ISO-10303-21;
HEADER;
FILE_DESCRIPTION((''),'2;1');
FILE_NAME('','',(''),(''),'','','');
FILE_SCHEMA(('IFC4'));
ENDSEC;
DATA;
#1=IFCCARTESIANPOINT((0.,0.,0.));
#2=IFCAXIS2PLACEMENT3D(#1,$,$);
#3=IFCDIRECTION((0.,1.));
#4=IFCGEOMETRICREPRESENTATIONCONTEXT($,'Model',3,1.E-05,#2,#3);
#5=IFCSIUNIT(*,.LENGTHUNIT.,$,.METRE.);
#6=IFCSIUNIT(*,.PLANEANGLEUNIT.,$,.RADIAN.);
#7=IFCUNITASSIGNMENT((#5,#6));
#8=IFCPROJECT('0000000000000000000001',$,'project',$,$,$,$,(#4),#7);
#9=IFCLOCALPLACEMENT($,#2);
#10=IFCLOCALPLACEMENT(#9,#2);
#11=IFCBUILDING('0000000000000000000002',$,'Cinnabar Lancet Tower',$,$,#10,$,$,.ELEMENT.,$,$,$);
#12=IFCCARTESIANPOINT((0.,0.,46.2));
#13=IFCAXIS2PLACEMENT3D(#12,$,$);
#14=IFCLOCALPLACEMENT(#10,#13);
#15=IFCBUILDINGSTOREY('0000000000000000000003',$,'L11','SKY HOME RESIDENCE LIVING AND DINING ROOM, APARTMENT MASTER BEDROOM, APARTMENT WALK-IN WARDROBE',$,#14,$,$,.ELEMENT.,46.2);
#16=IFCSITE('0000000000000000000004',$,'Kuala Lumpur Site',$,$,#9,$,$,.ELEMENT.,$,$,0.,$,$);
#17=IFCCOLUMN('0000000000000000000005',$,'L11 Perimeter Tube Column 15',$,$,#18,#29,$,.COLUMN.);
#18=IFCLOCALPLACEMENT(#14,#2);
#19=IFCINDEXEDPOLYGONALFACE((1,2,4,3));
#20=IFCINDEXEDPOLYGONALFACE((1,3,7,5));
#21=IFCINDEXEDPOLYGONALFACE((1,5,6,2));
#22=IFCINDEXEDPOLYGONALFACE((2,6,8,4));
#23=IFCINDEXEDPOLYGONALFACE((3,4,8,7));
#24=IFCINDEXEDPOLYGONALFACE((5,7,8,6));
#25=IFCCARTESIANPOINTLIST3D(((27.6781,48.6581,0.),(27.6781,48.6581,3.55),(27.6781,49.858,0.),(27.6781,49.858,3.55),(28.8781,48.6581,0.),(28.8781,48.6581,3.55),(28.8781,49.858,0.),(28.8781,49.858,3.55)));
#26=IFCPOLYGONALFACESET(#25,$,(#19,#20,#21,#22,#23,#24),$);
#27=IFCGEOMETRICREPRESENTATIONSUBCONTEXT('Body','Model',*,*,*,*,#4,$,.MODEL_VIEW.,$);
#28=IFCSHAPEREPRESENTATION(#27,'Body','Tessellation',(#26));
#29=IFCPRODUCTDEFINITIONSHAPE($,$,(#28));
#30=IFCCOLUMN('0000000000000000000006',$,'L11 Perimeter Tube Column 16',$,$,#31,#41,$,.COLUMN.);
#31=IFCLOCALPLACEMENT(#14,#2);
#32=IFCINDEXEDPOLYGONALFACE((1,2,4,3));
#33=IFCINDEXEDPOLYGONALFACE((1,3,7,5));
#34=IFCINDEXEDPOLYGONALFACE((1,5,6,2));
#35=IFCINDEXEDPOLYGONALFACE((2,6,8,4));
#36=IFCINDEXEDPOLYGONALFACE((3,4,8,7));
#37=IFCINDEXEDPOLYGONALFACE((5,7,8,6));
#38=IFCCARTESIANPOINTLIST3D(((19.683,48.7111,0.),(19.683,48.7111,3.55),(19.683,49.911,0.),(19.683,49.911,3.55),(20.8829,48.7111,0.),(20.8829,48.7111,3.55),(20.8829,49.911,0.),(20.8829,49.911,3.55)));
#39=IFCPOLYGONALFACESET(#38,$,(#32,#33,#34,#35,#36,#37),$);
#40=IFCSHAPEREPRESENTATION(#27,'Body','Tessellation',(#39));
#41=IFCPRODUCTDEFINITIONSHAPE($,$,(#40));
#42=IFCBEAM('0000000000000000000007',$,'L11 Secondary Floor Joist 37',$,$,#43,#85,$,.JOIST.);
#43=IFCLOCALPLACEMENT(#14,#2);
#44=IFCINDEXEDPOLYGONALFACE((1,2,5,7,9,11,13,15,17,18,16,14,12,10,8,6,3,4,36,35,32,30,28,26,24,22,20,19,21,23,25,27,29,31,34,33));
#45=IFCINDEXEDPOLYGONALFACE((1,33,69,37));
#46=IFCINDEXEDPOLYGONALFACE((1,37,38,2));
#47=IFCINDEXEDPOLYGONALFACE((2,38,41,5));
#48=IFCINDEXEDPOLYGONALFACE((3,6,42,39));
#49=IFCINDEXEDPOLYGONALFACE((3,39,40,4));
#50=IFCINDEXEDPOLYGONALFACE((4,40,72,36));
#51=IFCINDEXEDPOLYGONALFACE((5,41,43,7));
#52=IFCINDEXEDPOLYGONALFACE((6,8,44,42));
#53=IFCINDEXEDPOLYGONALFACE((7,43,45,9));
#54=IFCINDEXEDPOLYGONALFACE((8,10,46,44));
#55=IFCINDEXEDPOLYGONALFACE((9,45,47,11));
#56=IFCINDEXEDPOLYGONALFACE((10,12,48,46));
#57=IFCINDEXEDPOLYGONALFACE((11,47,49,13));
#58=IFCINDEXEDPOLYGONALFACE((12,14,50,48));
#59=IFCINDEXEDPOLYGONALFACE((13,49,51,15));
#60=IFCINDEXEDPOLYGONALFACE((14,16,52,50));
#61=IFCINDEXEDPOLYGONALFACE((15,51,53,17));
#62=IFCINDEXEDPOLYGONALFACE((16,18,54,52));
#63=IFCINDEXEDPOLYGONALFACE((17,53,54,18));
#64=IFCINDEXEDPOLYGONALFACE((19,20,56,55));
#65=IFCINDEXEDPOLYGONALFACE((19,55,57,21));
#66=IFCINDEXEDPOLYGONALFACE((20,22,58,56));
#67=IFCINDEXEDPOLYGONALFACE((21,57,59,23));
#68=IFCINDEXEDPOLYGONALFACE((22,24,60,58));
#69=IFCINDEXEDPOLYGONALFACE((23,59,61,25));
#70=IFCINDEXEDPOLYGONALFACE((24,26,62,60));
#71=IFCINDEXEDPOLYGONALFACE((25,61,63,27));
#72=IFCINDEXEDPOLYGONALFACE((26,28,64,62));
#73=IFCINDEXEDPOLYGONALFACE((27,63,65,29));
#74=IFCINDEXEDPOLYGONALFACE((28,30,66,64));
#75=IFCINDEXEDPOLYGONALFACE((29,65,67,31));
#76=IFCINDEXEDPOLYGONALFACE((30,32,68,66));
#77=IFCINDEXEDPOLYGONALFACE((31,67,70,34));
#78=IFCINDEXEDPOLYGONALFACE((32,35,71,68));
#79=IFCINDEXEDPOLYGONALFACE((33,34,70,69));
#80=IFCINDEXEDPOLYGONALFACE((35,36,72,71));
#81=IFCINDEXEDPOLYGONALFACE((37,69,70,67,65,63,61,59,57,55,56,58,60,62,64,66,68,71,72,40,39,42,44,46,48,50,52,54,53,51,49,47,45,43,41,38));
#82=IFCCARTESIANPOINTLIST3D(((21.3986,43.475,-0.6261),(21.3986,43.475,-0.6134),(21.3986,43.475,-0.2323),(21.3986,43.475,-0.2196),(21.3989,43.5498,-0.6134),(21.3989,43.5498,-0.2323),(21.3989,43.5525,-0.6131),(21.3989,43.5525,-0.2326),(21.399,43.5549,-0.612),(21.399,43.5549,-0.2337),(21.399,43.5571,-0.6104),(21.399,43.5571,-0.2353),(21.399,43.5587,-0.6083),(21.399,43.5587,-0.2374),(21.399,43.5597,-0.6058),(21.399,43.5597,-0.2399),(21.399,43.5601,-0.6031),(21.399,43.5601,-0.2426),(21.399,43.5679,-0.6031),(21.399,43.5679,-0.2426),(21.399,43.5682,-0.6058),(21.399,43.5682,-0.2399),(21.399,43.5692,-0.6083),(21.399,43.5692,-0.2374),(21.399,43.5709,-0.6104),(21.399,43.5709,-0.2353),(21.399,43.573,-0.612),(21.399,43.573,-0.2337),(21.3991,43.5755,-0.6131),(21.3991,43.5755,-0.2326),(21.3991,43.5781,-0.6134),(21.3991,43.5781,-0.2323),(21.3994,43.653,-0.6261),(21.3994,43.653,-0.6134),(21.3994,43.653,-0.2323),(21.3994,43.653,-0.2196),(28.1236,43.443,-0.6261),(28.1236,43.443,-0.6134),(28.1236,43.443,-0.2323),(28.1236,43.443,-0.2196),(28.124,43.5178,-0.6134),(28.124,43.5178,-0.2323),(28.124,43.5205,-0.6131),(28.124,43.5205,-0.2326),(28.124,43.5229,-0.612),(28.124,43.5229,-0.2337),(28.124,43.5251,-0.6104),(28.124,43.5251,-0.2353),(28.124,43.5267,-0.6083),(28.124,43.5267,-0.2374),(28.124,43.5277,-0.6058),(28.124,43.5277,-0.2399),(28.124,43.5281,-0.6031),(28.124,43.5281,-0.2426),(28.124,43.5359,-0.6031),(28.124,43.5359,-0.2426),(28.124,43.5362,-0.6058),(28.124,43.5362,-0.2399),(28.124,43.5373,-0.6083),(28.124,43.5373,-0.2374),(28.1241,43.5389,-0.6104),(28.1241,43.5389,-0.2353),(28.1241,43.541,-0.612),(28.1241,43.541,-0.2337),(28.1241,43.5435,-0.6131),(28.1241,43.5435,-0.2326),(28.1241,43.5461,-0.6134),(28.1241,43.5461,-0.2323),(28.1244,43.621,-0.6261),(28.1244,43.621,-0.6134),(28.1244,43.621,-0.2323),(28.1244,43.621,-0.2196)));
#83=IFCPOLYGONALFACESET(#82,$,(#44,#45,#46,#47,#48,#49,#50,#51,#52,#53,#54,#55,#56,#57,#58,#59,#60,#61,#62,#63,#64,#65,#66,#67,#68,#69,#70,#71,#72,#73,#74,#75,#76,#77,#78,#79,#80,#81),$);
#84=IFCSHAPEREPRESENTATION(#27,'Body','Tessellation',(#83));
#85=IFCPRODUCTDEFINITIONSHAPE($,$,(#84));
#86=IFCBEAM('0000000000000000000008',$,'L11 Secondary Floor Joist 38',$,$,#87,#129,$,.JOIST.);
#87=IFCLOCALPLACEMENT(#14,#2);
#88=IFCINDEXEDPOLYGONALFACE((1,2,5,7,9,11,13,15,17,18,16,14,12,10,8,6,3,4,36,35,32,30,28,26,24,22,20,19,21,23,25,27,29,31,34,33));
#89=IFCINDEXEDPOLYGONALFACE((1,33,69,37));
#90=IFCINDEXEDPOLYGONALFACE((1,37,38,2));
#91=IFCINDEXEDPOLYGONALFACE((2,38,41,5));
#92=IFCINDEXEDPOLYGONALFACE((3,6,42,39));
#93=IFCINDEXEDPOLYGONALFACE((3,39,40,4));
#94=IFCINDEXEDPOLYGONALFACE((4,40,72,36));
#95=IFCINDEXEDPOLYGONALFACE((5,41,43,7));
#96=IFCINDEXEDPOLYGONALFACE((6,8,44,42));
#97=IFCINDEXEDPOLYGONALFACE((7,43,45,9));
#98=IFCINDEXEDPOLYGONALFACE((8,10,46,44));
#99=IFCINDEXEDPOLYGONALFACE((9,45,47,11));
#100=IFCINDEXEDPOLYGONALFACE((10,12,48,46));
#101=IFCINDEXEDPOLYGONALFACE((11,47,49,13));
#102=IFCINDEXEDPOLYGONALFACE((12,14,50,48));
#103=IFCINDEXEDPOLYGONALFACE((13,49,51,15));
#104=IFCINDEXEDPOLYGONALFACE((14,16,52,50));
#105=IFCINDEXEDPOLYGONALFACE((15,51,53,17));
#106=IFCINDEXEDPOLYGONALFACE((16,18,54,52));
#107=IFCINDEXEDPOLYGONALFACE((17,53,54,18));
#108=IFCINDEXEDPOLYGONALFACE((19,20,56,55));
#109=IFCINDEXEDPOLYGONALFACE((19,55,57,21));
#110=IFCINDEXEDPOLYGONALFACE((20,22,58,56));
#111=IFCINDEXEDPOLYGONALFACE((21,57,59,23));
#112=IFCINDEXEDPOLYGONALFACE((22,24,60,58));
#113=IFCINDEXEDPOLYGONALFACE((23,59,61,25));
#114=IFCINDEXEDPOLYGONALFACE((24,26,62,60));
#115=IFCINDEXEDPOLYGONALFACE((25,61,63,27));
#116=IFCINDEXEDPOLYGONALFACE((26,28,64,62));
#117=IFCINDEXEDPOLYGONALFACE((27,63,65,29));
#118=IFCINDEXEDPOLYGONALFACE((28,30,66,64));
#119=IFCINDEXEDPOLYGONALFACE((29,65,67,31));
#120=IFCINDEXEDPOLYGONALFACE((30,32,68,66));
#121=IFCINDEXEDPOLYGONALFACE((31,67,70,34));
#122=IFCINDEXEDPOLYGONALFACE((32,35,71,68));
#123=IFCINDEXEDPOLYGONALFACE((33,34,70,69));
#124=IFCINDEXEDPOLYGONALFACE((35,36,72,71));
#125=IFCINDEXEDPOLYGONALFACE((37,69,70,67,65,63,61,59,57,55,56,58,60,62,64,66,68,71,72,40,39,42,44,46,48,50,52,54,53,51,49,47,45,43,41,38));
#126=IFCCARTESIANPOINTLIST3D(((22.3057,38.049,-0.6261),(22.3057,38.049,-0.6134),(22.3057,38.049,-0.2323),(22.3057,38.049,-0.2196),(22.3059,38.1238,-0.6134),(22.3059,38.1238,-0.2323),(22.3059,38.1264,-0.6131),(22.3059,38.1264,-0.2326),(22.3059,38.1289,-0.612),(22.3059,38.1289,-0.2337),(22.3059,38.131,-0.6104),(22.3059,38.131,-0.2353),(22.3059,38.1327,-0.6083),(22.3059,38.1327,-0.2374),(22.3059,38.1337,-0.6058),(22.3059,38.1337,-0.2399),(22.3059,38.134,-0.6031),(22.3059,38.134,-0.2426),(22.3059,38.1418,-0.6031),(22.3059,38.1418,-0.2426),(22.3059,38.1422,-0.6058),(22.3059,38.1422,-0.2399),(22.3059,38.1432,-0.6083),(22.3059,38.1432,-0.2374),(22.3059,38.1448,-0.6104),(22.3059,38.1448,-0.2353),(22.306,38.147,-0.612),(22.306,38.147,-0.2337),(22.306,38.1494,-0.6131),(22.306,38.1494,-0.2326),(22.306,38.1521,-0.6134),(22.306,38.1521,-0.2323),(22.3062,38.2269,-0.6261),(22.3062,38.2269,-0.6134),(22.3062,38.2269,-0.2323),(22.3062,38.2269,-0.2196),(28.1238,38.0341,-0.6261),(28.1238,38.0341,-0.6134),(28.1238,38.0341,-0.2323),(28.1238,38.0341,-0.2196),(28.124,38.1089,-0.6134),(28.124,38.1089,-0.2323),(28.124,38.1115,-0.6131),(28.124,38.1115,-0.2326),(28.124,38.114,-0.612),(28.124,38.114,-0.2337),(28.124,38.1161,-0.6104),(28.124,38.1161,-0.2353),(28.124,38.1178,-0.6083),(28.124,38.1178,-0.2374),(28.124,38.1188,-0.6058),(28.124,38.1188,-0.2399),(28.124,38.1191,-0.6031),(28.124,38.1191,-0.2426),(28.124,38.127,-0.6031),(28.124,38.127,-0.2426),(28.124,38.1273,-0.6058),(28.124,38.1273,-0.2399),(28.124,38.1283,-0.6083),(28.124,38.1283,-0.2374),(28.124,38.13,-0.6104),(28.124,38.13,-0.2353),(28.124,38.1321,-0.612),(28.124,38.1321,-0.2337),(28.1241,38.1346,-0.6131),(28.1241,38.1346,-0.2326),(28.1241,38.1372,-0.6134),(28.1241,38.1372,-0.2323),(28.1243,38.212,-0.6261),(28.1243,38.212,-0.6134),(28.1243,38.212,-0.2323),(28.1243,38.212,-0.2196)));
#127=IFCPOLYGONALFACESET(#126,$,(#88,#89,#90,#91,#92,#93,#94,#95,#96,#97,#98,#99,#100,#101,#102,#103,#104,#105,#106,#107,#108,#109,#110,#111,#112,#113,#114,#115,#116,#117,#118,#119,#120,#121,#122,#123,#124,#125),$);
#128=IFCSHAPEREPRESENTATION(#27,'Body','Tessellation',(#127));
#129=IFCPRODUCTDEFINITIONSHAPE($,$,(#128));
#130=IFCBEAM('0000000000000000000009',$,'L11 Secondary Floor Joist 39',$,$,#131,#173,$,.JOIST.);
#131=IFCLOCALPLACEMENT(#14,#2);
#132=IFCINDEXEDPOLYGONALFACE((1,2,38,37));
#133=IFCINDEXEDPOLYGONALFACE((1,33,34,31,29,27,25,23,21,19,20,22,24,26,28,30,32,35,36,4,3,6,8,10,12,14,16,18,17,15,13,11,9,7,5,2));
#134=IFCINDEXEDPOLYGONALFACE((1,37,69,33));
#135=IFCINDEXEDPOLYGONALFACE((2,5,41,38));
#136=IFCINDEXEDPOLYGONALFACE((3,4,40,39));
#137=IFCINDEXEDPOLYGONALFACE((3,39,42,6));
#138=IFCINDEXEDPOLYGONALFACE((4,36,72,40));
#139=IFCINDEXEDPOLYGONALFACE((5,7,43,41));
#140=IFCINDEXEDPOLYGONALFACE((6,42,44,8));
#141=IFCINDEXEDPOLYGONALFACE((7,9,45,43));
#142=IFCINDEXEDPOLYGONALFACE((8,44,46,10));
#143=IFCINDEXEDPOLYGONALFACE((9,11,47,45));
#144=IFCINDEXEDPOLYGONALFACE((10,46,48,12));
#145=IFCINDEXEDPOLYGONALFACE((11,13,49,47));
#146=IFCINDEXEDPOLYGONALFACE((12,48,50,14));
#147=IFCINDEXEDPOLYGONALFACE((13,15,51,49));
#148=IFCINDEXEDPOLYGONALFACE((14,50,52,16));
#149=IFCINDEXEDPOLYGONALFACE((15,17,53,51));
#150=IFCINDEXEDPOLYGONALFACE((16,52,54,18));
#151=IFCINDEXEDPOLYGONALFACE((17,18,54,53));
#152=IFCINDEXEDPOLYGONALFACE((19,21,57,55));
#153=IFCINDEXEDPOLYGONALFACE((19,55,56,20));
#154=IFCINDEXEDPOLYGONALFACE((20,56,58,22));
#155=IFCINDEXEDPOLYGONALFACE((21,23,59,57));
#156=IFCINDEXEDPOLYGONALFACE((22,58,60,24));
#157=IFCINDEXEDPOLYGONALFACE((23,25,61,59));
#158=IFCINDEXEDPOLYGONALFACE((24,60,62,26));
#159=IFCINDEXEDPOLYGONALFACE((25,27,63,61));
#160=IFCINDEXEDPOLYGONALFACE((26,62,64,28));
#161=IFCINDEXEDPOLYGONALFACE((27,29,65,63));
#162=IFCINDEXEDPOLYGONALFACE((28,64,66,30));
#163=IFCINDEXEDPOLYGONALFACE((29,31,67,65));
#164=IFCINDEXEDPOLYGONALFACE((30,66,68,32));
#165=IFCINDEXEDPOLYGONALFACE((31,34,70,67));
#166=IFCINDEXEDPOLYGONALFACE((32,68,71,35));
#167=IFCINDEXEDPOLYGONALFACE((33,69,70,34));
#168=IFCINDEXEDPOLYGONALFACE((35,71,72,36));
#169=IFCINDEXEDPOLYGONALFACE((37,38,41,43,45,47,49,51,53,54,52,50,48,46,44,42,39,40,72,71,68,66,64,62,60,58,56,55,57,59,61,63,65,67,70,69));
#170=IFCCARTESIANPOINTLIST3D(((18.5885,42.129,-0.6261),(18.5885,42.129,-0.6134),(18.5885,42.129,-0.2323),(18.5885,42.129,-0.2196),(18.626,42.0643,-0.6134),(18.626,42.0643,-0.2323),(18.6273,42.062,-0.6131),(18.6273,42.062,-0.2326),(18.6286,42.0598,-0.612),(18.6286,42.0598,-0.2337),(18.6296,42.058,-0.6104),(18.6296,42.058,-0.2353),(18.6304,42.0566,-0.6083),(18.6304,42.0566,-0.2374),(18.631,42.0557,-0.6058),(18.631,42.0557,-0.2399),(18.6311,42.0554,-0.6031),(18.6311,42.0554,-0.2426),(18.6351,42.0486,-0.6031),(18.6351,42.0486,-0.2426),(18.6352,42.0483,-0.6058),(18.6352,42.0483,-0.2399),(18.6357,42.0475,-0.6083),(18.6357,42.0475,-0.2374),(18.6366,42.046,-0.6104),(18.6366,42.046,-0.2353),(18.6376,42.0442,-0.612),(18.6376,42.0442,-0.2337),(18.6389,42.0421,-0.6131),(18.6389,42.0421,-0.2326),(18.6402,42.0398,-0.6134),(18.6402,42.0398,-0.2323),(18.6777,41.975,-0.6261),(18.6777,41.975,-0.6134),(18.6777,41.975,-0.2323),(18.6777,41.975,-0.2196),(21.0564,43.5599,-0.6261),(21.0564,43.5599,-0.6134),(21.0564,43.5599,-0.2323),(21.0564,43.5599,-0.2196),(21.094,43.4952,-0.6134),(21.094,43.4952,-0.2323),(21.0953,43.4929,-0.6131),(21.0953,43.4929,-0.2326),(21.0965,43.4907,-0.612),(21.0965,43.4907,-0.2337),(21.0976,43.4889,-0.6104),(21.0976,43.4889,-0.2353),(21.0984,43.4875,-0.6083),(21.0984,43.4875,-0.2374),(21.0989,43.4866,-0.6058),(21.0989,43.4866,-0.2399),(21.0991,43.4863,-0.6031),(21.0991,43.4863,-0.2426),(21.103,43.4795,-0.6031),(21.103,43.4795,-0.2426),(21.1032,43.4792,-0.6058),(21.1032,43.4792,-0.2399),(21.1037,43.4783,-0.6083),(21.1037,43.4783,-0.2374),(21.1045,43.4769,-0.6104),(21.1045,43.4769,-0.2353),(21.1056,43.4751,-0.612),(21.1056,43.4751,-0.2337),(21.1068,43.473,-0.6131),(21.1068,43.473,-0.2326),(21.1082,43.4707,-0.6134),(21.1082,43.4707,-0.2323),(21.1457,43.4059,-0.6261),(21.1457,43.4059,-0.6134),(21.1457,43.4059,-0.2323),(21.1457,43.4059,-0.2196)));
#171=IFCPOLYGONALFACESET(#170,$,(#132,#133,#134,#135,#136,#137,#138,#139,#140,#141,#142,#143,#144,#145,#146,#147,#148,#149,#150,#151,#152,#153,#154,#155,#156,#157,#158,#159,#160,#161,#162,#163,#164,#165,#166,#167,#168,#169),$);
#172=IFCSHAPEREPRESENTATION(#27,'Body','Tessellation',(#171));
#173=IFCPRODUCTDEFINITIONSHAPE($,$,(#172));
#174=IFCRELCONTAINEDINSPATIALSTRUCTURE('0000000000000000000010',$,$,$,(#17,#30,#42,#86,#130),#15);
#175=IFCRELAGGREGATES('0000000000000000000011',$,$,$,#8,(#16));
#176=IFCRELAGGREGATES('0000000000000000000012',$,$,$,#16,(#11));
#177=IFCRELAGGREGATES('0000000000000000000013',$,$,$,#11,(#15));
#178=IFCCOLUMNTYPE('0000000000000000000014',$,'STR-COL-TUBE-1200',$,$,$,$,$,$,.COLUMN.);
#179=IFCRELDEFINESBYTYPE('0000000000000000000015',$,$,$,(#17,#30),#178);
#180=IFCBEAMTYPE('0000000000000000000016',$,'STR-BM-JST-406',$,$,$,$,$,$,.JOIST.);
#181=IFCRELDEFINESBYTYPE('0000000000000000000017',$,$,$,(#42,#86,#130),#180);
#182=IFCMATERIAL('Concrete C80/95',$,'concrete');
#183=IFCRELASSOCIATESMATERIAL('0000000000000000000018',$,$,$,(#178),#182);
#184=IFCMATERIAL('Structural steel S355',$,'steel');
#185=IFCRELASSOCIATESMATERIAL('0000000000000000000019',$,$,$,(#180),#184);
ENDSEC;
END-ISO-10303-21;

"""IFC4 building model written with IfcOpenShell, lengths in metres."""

from ifc_helpers import new_model, si_unit, direction, frame, origin, origin_2d, place, context, subcontext, project, spatial, rectangle, i_section, extrude, material, material_profile, profile_set, type_object, element, save


model = new_model("IFC4")

# Units and contexts
model_context = context("Model", 3, precision=1e-05, world=origin(), true_north=direction((0.0, 1.0)))
body_context = subcontext(model_context, "Body", "Model", "MODEL_VIEW")
ifc_project = project(units=[si_unit("LENGTHUNIT", "METRE"), si_unit("PLANEANGLEUNIT", "RADIAN")], contexts=[model_context])

# Site, building, storey
site_placement = place(None, origin())
site = spatial("IfcSite", under=ifc_project, at=site_placement, Name="Kuala Lumpur Site", CompositionType="ELEMENT", RefElevation=0.0)
building_placement = place(site_placement, origin())
building = spatial("IfcBuilding", under=site, at=building_placement, Name="Cinnabar Lancet Tower", CompositionType="ELEMENT")
storey_placement = place(building_placement, frame((0.0, 0.0, 46.2)))
storey = spatial("IfcBuildingStorey", under=building, at=storey_placement, Name="L11", Description="SKY HOME RESIDENCE LIVING AND DINING ROOM, APARTMENT MASTER BEDROOM, APARTMENT WALK-IN WARDROBE", CompositionType="ELEMENT", Elevation=46.2)

# Columns
ifc_material_1 = material(Name="Concrete C80/95", Category="concrete")
ifc_material_profile_1 = material_profile(ifc_material_1, rectangle(XDim=1.2, YDim=1.2, at=origin_2d()), Name="RC-COL 1200x1200")
ifc_profile_set_1 = profile_set([ifc_material_profile_1], Name="Concrete C80/95")
column_type = type_object("IfcColumnType", Name="STR-COL-TUBE-1200", PredefinedType="COLUMN", material=ifc_profile_set_1)
for number, where, z_axis, x_axis, name in (
    (1, (28.2781, 49.2581, 0.0), (0.0, 0.0, 1.0), (1.0, 0.0, 0.0), "L11 Perimeter Tube Column 15"),
    (2, (20.283, 49.311, 0.0), (0.0, 0.0, 1.0), (1.0, 0.0, 0.0), "L11 Perimeter Tube Column 16"),
):
    element("IfcColumn", number, at=place(storey_placement, frame(where, z_axis=z_axis, x_axis=x_axis)), inside=storey, type_object=column_type, Name=name, PredefinedType="COLUMN", context=body_context, shape_type="SweptSolid", body=[
        extrude(rectangle(XDim=1.2, YDim=1.2, at=origin_2d()), origin(), (0.0, 0.0, 1.0), 3.55),
    ])

# Beams
ifc_material_2 = material(Name="Structural steel S355", Category="steel")
ifc_material_profile_2 = material_profile(ifc_material_2, i_section(OverallWidth=0.178, OverallDepth=0.4065, WebThickness=0.0078, FlangeThickness=0.0127, FilletRadius=0.0103, at=origin_2d()), Name="UKB 406x178x60")
ifc_profile_set_2 = profile_set([ifc_material_profile_2], Name="Structural steel S355")
beam_type_1 = type_object("IfcBeamType", Name="STR-BM-JST-406", PredefinedType="JOIST", material=ifc_profile_set_2)
beam_1_placement = place(storey_placement, frame((28.124, 43.532, -0.4229), z_axis=(-0.999989, 0.004756, 0.0), x_axis=(-0.004756, -0.999989, 0.0)))
element("IfcBeam", 3, at=beam_1_placement, inside=storey, type_object=beam_type_1, Name="L11 Secondary Floor Joist 37", PredefinedType="JOIST", context=body_context, shape_type="SweptSolid", body=[
    extrude(i_section(OverallWidth=0.178, OverallDepth=0.4065, WebThickness=0.0078, FlangeThickness=0.0127, FilletRadius=0.0103, at=origin_2d()), origin(), (0.0, 0.0, 1.0), 6.7251),
])
beam_2_placement = place(storey_placement, frame((28.124, 38.123, -0.4229), z_axis=(-0.999997, 0.00256, 0.0), x_axis=(-0.00256, -0.999997, 0.0)))
element("IfcBeam", 4, at=beam_2_placement, inside=storey, type_object=beam_type_1, Name="L11 Secondary Floor Joist 38", PredefinedType="JOIST", context=body_context, shape_type="SweptSolid", body=[
    extrude(i_section(OverallWidth=0.178, OverallDepth=0.4065, WebThickness=0.0078, FlangeThickness=0.0127, FilletRadius=0.0103, at=origin_2d()), origin(), (0.0, 0.0, 1.0), 5.8181),
])
beam_3_placement = place(storey_placement, frame((21.1011, 43.4829, -0.4229), z_axis=(-0.865114, -0.501576, 0.0), x_axis=(0.501576, -0.865114, 0.0)))
element("IfcBeam", 5, at=beam_3_placement, inside=storey, type_object=beam_type_1, Name="L11 Secondary Floor Joist 39", PredefinedType="JOIST", context=body_context, shape_type="SweptSolid", body=[
    extrude(i_section(OverallWidth=0.178, OverallDepth=0.4065, WebThickness=0.0078, FlangeThickness=0.0127, FilletRadius=0.0103, at=origin_2d()), origin(), (0.0, 0.0, 1.0), 2.8528),
])

save(model, "model.ifc")
